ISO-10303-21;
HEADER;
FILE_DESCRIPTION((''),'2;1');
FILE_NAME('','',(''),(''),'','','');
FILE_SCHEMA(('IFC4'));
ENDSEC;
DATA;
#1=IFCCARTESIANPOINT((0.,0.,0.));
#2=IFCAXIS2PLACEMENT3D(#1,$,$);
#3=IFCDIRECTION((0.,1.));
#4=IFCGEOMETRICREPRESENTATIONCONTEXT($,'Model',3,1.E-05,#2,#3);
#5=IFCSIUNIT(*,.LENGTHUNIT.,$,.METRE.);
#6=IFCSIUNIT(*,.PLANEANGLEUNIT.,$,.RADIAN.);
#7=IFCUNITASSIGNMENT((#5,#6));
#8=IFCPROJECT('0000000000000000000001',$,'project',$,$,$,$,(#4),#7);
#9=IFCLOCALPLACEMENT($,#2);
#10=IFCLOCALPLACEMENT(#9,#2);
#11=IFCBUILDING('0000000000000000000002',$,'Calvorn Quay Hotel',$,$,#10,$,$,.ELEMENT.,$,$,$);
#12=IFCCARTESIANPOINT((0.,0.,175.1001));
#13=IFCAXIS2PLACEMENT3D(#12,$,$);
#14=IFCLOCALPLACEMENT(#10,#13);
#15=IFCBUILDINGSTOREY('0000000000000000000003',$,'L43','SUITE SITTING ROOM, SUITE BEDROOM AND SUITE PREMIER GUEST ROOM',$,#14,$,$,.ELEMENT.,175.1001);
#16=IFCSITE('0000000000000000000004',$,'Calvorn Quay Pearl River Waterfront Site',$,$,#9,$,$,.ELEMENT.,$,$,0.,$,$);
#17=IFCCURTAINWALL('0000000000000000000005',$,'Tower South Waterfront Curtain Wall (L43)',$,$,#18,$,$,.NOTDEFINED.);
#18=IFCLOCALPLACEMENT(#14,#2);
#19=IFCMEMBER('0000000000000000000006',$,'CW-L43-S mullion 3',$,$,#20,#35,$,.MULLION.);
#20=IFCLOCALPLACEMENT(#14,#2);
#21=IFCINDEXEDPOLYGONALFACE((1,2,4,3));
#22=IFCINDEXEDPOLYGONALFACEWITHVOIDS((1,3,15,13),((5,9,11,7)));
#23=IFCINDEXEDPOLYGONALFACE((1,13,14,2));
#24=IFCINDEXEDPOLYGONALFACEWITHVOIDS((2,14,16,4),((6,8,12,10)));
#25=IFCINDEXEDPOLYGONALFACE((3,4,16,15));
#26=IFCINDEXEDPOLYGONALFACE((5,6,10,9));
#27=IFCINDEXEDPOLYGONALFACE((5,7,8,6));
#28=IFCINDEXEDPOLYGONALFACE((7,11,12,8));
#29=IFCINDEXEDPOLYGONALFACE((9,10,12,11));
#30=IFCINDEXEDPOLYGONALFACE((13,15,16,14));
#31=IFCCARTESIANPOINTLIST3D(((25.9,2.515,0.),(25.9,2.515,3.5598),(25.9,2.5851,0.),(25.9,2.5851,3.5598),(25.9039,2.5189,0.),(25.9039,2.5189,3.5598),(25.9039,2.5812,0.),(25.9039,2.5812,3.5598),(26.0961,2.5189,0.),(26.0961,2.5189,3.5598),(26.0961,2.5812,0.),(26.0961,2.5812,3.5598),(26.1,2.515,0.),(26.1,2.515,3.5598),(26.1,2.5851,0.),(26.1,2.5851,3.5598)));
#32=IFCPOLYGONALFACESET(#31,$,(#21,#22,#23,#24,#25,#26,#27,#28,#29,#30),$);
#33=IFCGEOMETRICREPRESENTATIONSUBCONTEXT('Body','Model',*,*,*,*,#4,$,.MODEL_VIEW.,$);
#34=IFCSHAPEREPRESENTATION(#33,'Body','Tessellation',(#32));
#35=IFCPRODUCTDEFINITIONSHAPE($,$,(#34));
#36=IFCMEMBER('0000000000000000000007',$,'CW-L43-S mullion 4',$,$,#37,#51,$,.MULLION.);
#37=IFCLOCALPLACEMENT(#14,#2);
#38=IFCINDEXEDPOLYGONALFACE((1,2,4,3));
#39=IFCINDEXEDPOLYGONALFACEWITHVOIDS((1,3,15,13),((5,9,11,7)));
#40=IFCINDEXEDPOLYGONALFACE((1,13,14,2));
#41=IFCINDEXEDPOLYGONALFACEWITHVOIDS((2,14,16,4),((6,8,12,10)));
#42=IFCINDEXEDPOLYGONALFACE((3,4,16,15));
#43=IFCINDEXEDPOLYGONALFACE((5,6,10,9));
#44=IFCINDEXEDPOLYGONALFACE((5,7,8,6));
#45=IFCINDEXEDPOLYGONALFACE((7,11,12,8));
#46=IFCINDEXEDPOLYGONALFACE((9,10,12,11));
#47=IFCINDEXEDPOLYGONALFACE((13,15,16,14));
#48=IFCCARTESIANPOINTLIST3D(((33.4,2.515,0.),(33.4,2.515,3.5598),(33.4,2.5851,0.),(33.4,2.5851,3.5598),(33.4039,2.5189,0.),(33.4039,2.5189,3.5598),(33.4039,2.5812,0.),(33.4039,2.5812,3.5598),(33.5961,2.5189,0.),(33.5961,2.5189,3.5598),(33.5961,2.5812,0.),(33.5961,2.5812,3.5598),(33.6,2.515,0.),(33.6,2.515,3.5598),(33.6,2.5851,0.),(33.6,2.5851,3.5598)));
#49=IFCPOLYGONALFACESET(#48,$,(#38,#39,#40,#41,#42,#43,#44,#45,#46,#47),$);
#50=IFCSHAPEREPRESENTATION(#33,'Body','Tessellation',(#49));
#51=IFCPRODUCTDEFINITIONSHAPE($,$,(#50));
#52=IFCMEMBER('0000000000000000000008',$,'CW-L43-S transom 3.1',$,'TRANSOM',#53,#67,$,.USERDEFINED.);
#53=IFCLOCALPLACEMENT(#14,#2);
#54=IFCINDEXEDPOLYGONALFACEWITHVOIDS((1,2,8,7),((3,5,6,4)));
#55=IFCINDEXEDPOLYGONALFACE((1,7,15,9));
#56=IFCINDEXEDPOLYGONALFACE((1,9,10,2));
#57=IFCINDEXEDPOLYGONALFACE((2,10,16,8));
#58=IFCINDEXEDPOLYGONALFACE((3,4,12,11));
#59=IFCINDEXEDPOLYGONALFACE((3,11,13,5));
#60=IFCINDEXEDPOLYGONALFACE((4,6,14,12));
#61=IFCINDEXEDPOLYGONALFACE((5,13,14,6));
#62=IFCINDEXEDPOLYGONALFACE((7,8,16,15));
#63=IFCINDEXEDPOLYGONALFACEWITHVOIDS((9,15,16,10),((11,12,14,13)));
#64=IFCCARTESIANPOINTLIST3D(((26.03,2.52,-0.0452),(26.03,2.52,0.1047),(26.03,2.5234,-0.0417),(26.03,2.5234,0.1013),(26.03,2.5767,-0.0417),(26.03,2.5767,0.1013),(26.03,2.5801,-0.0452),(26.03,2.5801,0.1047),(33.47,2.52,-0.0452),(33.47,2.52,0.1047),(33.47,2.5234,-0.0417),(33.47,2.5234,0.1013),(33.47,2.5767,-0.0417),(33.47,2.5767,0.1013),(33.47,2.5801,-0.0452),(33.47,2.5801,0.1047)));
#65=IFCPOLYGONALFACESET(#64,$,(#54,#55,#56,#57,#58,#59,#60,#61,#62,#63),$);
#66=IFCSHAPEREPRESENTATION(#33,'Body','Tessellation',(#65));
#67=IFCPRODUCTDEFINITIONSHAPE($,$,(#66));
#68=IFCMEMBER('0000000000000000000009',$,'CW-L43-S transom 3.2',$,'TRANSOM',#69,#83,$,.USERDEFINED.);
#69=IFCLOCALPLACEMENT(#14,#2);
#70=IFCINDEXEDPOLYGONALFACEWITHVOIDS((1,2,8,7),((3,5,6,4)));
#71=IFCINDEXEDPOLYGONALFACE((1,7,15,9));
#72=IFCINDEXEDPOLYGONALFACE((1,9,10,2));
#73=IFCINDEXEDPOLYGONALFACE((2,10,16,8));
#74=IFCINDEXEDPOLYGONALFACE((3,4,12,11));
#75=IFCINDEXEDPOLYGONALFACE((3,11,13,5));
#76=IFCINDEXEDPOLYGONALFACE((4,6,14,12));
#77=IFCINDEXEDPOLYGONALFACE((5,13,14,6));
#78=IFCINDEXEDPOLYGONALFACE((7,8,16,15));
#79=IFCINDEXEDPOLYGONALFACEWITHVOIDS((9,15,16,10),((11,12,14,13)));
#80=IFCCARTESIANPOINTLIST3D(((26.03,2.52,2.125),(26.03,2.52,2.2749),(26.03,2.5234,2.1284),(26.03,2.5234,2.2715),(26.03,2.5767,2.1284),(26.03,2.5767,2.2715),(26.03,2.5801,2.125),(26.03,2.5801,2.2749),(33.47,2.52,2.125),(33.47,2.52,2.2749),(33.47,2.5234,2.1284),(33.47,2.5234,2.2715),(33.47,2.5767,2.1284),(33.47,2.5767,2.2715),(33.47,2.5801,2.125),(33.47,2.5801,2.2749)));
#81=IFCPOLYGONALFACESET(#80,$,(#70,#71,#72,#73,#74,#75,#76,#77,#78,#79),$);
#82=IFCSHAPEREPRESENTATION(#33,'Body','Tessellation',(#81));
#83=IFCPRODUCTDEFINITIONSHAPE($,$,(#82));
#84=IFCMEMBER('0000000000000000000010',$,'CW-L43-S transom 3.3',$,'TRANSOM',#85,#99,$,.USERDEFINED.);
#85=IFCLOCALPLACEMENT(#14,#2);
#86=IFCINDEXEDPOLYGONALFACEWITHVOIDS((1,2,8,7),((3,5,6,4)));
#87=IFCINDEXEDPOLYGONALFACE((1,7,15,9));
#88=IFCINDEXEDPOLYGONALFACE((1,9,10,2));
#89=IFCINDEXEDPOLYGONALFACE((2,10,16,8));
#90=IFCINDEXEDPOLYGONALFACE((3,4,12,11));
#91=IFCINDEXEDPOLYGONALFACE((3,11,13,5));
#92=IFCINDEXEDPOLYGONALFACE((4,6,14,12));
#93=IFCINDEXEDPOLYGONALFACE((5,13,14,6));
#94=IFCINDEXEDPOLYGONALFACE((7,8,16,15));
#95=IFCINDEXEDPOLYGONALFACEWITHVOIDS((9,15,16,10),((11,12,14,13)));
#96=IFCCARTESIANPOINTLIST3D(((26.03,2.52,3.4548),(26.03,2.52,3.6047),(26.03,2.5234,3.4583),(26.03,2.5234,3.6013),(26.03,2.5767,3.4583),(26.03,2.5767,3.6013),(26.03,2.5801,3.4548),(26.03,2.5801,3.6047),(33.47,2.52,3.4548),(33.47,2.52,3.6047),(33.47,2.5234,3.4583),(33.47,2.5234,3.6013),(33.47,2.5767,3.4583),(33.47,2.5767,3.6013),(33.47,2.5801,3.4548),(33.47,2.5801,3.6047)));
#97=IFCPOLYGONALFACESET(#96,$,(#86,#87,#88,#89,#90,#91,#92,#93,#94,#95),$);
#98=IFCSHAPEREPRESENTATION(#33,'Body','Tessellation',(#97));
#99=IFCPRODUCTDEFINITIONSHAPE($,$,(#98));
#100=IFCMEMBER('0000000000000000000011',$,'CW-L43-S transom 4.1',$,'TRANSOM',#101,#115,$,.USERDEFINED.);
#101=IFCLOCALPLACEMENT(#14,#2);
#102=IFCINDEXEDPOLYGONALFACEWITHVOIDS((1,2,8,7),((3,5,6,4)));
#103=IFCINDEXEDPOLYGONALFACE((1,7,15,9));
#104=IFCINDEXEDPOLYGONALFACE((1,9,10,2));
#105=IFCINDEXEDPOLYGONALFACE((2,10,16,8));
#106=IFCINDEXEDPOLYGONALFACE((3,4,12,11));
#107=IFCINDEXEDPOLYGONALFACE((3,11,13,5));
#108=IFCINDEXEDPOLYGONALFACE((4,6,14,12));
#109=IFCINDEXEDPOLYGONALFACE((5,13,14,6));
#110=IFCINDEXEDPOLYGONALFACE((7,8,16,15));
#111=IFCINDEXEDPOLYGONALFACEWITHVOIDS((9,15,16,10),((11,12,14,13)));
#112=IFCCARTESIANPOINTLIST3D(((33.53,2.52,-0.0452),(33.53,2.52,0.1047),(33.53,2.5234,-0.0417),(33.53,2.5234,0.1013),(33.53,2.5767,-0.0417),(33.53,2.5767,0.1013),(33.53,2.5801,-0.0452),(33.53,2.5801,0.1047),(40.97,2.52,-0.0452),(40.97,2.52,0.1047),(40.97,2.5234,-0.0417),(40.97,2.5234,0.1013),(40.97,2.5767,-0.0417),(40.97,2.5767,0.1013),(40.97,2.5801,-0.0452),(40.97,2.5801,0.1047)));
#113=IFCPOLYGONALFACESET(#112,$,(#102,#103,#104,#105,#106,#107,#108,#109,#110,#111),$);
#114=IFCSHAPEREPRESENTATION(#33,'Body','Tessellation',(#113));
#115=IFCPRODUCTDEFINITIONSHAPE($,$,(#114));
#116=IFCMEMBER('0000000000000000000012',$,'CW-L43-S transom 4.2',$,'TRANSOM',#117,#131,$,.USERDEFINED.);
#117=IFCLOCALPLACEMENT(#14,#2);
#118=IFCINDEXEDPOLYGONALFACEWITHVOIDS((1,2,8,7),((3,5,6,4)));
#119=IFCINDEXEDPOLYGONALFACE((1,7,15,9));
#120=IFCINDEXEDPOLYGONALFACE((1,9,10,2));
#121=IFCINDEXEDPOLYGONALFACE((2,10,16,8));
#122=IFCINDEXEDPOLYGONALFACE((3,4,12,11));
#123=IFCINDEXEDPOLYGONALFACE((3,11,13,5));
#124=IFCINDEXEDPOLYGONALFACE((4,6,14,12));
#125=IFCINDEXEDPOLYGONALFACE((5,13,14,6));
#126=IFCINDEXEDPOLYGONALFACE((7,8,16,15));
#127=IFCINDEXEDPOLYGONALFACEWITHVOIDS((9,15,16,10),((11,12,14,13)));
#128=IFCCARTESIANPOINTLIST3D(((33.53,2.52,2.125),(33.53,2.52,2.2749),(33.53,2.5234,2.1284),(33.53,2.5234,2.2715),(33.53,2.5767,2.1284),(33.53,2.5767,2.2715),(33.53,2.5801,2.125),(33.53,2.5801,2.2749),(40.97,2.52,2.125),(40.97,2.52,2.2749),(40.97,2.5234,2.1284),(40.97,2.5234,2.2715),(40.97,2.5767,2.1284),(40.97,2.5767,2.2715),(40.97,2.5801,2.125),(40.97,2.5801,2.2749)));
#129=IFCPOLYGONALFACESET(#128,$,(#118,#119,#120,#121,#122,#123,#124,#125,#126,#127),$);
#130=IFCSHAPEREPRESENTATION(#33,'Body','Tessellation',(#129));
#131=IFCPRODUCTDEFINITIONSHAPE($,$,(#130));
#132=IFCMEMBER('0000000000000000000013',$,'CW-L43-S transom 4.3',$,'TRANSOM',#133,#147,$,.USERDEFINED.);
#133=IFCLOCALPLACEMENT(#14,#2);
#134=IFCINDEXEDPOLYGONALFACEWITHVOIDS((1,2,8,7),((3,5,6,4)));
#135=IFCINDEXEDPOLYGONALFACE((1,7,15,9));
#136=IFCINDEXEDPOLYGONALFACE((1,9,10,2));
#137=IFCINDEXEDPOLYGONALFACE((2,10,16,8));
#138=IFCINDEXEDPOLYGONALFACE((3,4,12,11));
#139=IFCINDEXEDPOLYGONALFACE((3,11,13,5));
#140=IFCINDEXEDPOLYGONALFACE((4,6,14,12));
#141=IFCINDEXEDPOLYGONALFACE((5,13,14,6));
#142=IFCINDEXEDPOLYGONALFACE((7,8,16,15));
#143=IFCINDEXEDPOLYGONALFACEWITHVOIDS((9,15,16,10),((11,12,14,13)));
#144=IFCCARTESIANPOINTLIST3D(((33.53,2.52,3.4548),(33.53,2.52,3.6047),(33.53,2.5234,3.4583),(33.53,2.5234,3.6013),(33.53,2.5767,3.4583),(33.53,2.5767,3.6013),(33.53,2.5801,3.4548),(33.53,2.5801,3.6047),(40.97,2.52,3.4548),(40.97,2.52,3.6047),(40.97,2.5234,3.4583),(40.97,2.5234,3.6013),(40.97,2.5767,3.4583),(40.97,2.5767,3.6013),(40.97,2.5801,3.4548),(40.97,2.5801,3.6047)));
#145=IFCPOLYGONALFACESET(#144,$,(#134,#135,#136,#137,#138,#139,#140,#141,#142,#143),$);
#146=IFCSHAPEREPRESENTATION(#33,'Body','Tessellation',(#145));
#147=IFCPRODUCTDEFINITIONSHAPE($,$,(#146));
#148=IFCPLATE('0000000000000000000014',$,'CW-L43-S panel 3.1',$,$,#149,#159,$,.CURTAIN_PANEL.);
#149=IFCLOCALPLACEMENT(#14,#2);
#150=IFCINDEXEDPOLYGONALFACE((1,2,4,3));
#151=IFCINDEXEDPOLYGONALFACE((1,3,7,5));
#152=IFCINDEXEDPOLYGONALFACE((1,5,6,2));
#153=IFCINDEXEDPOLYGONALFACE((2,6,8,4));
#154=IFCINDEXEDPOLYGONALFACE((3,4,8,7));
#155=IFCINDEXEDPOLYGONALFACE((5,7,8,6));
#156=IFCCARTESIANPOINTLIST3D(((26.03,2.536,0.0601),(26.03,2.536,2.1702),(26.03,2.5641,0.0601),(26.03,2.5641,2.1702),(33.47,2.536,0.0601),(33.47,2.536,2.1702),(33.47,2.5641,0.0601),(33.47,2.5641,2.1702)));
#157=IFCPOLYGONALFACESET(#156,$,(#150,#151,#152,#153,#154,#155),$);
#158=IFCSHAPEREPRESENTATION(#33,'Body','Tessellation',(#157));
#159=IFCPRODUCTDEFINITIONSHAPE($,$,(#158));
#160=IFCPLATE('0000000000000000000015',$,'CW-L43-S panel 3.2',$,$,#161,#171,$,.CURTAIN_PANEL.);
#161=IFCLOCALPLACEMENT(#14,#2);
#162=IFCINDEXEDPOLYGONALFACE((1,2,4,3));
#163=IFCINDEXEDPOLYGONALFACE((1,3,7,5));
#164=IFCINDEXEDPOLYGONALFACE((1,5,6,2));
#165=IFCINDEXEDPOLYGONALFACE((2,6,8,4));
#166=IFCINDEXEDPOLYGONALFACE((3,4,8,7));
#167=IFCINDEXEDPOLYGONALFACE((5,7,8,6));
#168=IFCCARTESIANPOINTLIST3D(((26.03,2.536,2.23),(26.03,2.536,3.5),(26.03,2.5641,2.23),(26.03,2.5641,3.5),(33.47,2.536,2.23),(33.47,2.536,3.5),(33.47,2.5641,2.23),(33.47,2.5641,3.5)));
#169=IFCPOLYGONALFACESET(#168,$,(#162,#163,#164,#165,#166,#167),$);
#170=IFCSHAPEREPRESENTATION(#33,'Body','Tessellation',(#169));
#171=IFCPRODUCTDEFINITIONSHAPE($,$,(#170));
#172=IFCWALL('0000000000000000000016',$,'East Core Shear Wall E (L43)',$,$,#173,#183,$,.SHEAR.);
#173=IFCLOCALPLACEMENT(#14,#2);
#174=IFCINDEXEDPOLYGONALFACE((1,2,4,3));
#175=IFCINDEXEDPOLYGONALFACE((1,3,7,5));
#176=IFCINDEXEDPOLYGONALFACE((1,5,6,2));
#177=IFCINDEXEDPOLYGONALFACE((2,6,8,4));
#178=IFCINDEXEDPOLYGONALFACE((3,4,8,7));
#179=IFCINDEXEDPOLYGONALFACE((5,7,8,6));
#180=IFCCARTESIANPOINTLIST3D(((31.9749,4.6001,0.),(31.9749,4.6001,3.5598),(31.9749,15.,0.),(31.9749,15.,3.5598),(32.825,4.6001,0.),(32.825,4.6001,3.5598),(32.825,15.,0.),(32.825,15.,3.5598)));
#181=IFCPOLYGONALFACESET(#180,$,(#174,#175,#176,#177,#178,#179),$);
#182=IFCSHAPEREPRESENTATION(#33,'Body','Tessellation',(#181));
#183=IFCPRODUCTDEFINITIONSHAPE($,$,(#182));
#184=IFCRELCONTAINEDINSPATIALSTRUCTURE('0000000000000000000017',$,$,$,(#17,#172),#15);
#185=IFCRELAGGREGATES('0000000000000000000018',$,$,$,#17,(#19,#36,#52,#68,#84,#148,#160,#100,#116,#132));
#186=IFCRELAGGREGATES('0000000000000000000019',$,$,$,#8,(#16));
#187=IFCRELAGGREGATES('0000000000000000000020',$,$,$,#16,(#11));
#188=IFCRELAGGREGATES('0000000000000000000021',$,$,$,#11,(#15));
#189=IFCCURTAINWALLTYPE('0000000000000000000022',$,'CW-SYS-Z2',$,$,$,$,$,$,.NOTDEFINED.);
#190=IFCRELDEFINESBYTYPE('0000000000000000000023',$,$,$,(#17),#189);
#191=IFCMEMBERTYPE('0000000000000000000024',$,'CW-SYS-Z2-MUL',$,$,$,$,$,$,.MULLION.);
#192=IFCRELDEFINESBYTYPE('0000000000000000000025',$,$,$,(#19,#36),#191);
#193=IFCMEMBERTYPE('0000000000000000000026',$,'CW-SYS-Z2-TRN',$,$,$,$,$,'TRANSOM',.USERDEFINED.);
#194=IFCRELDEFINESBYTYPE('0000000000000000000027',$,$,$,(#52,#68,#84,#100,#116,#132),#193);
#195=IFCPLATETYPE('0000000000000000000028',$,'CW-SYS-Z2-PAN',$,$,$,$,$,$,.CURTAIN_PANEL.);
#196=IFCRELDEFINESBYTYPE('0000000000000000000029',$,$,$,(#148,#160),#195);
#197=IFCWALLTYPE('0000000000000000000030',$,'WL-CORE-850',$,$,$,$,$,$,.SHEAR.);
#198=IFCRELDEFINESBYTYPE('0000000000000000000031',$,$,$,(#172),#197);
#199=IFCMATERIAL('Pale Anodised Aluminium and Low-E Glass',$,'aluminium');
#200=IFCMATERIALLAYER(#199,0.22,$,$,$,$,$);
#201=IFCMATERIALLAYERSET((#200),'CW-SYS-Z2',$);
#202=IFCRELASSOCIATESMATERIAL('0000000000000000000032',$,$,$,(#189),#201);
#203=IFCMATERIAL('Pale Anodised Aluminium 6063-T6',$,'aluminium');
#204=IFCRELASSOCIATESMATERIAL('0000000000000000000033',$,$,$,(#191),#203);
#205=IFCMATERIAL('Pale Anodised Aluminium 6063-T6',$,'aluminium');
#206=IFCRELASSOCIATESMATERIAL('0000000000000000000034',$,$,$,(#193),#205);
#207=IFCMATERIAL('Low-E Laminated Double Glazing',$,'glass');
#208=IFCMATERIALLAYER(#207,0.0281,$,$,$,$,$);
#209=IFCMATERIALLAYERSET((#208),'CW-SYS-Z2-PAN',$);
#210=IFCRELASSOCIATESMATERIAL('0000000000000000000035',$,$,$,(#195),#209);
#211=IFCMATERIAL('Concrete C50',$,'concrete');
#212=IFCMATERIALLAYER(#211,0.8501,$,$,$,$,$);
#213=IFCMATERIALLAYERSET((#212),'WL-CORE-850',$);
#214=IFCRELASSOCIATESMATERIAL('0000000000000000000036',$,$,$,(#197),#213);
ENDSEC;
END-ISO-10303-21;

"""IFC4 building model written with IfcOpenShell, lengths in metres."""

from ifc_helpers import new_model, si_unit, direction, frame, frame_2d, origin, origin_2d, place, context, subcontext, project, spatial, rectangle, hollow_rectangle, extrude, material, layer, layer_set, material_profile, profile_set, type_object, element, aggregate, save


model = new_model("IFC4")

# Units and contexts
model_context = context("Model", 3, precision=1e-05, world=origin(), true_north=direction((0.0, 1.0)))
body_context = subcontext(model_context, "Body", "Model", "MODEL_VIEW")
ifc_project = project(units=[si_unit("LENGTHUNIT", "METRE"), si_unit("PLANEANGLEUNIT", "RADIAN")], contexts=[model_context])

# Site, building, storey
site_placement = place(None, origin())
site = spatial("IfcSite", under=ifc_project, at=site_placement, Name="Calvorn Quay Pearl River Waterfront Site", CompositionType="ELEMENT", RefElevation=0.0)
building_placement = place(site_placement, origin())
building = spatial("IfcBuilding", under=site, at=building_placement, Name="Calvorn Quay Hotel", CompositionType="ELEMENT")
storey_placement = place(building_placement, frame((0.0, 0.0, 175.1001)))
storey = spatial("IfcBuildingStorey", under=building, at=storey_placement, Name="L43", Description="SUITE SITTING ROOM, SUITE BEDROOM AND SUITE PREMIER GUEST ROOM", CompositionType="ELEMENT", Elevation=175.1001)

# Curtain wall, members, plates
ifc_material_1 = material(Name="Pale Anodised Aluminium and Low-E Glass", Category="aluminium")
ifc_layer_1 = layer(ifc_material_1, 0.22)
ifc_layer_set_1 = layer_set([ifc_layer_1], Name="CW-SYS-Z2")
curtain_wall_type = type_object("IfcCurtainWallType", Name="CW-SYS-Z2", PredefinedType="NOTDEFINED", material=ifc_layer_set_1)
curtain_wall_placement = place(storey_placement, origin())
curtain_wall = element("IfcCurtainWall", 1, at=curtain_wall_placement, inside=storey, type_object=curtain_wall_type, Name="Tower South Waterfront Curtain Wall (L43)", PredefinedType="NOTDEFINED")
ifc_material_2 = material(Name="Pale Anodised Aluminium 6063-T6", Category="aluminium")
ifc_material_profile_1 = material_profile(ifc_material_2, hollow_rectangle(XDim=0.0701, YDim=0.2, WallThickness=0.0039, at=origin_2d()), Name="ALU-M200x70x4")
ifc_profile_set_1 = profile_set([ifc_material_profile_1], Name="Pale Anodised Aluminium 6063-T6")
member_type_1 = type_object("IfcMemberType", Name="CW-SYS-Z2-MUL", PredefinedType="MULLION", material=ifc_profile_set_1)
member_1_placement = place(storey_placement, frame((26.0, 2.55, 0.0), z_axis=(0.0, 0.0, 1.0), x_axis=(0.0, 1.0, 0.0)))
member_1 = element("IfcMember", 2, at=member_1_placement, type_object=member_type_1, Name="CW-L43-S mullion 3", PredefinedType="MULLION", context=body_context, shape_type="SweptSolid", body=[
    extrude(hollow_rectangle(XDim=0.0701, YDim=0.2, WallThickness=0.0039, at=origin_2d()), origin(), (0.0, 0.0, 1.0), 3.5598),
])
member_2_placement = place(storey_placement, frame((33.5, 2.55, 0.0), z_axis=(0.0, 0.0, 1.0), x_axis=(0.0, 1.0, 0.0)))
member_2 = element("IfcMember", 3, at=member_2_placement, type_object=member_type_1, Name="CW-L43-S mullion 4", PredefinedType="MULLION", context=body_context, shape_type="SweptSolid", body=[
    extrude(hollow_rectangle(XDim=0.0701, YDim=0.2, WallThickness=0.0039, at=origin_2d()), origin(), (0.0, 0.0, 1.0), 3.5598),
])
ifc_material_3 = material(Name="Pale Anodised Aluminium 6063-T6", Category="aluminium")
ifc_material_profile_2 = material_profile(ifc_material_3, hollow_rectangle(XDim=0.0601, YDim=0.1499, WallThickness=0.0034, at=origin_2d()), Name="ALU-T150x60x3.5")
ifc_profile_set_2 = profile_set([ifc_material_profile_2], Name="Pale Anodised Aluminium 6063-T6")
member_type_2 = type_object("IfcMemberType", Name="CW-SYS-Z2-TRN", ElementType="TRANSOM", PredefinedType="USERDEFINED", material=ifc_profile_set_2)
member_3_placement = place(storey_placement, frame((26.03, 2.55, 0.0298), z_axis=(1.0, 0.0, 0.0), x_axis=(0.0, 1.0, 0.0)))
member_3 = element("IfcMember", 4, at=member_3_placement, type_object=member_type_2, Name="CW-L43-S transom 3.1", ObjectType="TRANSOM", PredefinedType="USERDEFINED", context=body_context, shape_type="SweptSolid", body=[
    extrude(hollow_rectangle(XDim=0.0601, YDim=0.1499, WallThickness=0.0034, at=origin_2d()), origin(), (0.0, 0.0, 1.0), 7.4399),
])
member_4_placement = place(storey_placement, frame((26.03, 2.55, 2.2), z_axis=(1.0, 0.0, 0.0), x_axis=(0.0, 1.0, 0.0)))
member_4 = element("IfcMember", 5, at=member_4_placement, type_object=member_type_2, Name="CW-L43-S transom 3.2", ObjectType="TRANSOM", PredefinedType="USERDEFINED", context=body_context, shape_type="SweptSolid", body=[
    extrude(hollow_rectangle(XDim=0.0601, YDim=0.1499, WallThickness=0.0034, at=origin_2d()), origin(), (0.0, 0.0, 1.0), 7.4399),
])
member_5_placement = place(storey_placement, frame((26.03, 2.55, 3.5298), z_axis=(1.0, 0.0, 0.0), x_axis=(0.0, 1.0, 0.0)))
member_5 = element("IfcMember", 6, at=member_5_placement, type_object=member_type_2, Name="CW-L43-S transom 3.3", ObjectType="TRANSOM", PredefinedType="USERDEFINED", context=body_context, shape_type="SweptSolid", body=[
    extrude(hollow_rectangle(XDim=0.0601, YDim=0.1499, WallThickness=0.0034, at=origin_2d()), origin(), (0.0, 0.0, 1.0), 7.4399),
])
member_6_placement = place(storey_placement, frame((33.53, 2.55, 0.0298), z_axis=(1.0, 0.0, 0.0), x_axis=(0.0, 1.0, 0.0)))
member_6 = element("IfcMember", 7, at=member_6_placement, type_object=member_type_2, Name="CW-L43-S transom 4.1", ObjectType="TRANSOM", PredefinedType="USERDEFINED", context=body_context, shape_type="SweptSolid", body=[
    extrude(hollow_rectangle(XDim=0.0601, YDim=0.1499, WallThickness=0.0034, at=origin_2d()), origin(), (0.0, 0.0, 1.0), 7.4399),
])
member_7_placement = place(storey_placement, frame((33.53, 2.55, 2.2), z_axis=(1.0, 0.0, 0.0), x_axis=(0.0, 1.0, 0.0)))
member_7 = element("IfcMember", 8, at=member_7_placement, type_object=member_type_2, Name="CW-L43-S transom 4.2", ObjectType="TRANSOM", PredefinedType="USERDEFINED", context=body_context, shape_type="SweptSolid", body=[
    extrude(hollow_rectangle(XDim=0.0601, YDim=0.1499, WallThickness=0.0034, at=origin_2d()), origin(), (0.0, 0.0, 1.0), 7.4399),
])
member_8_placement = place(storey_placement, frame((33.53, 2.55, 3.5298), z_axis=(1.0, 0.0, 0.0), x_axis=(0.0, 1.0, 0.0)))
member_8 = element("IfcMember", 9, at=member_8_placement, type_object=member_type_2, Name="CW-L43-S transom 4.3", ObjectType="TRANSOM", PredefinedType="USERDEFINED", context=body_context, shape_type="SweptSolid", body=[
    extrude(hollow_rectangle(XDim=0.0601, YDim=0.1499, WallThickness=0.0034, at=origin_2d()), origin(), (0.0, 0.0, 1.0), 7.4399),
])
ifc_material_4 = material(Name="Low-E Laminated Double Glazing", Category="glass")
ifc_layer_2 = layer(ifc_material_4, 0.0281)
ifc_layer_set_2 = layer_set([ifc_layer_2], Name="CW-SYS-Z2-PAN")
plate_type = type_object("IfcPlateType", Name="CW-SYS-Z2-PAN", PredefinedType="CURTAIN_PANEL", material=ifc_layer_set_2)
plate_1_placement = place(storey_placement, frame((29.75, 2.55, 0.0601), z_axis=(0.0, 0.0, 1.0), x_axis=(1.0, 0.0, 0.0)))
plate_1 = element("IfcPlate", 10, at=plate_1_placement, type_object=plate_type, Name="CW-L43-S panel 3.1", PredefinedType="CURTAIN_PANEL", context=body_context, shape_type="SweptSolid", body=[
    extrude(rectangle(XDim=7.4399, YDim=0.0281, at=origin_2d()), origin(), (0.0, 0.0, 1.0), 2.1101),
])
plate_2_placement = place(storey_placement, frame((29.75, 2.55, 2.23), z_axis=(0.0, 0.0, 1.0), x_axis=(1.0, 0.0, 0.0)))
plate_2 = element("IfcPlate", 11, at=plate_2_placement, type_object=plate_type, Name="CW-L43-S panel 3.2", PredefinedType="CURTAIN_PANEL", context=body_context, shape_type="SweptSolid", body=[
    extrude(rectangle(XDim=7.4399, YDim=0.0281, at=origin_2d()), origin(), (0.0, 0.0, 1.0), 1.27),
])
aggregate(curtain_wall, [member_1, member_2, member_3, member_4, member_5, plate_1, plate_2, member_6, member_7, member_8])

# Wall
ifc_material_5 = material(Name="Concrete C50", Category="concrete")
ifc_layer_3 = layer(ifc_material_5, 0.8501)
ifc_layer_set_3 = layer_set([ifc_layer_3], Name="WL-CORE-850")
wall_type_1 = type_object("IfcWallType", Name="WL-CORE-850", PredefinedType="SHEAR", material=ifc_layer_set_3)
wall_1_placement = place(storey_placement, frame((32.3999, 4.6001, 0.0), z_axis=(0.0, 0.0, 1.0), x_axis=(0.0, 1.0, 0.0)))
element("IfcWall", 12, at=wall_1_placement, inside=storey, type_object=wall_type_1, Name="East Core Shear Wall E (L43)", PredefinedType="SHEAR", context=body_context, shape_type="SweptSolid", body=[
    extrude(rectangle(XDim=10.3999, YDim=0.8501, at=frame_2d((5.2, 0.0))), origin(), (0.0, 0.0, 1.0), 3.5598),
])

save(model, "model.ifc")
